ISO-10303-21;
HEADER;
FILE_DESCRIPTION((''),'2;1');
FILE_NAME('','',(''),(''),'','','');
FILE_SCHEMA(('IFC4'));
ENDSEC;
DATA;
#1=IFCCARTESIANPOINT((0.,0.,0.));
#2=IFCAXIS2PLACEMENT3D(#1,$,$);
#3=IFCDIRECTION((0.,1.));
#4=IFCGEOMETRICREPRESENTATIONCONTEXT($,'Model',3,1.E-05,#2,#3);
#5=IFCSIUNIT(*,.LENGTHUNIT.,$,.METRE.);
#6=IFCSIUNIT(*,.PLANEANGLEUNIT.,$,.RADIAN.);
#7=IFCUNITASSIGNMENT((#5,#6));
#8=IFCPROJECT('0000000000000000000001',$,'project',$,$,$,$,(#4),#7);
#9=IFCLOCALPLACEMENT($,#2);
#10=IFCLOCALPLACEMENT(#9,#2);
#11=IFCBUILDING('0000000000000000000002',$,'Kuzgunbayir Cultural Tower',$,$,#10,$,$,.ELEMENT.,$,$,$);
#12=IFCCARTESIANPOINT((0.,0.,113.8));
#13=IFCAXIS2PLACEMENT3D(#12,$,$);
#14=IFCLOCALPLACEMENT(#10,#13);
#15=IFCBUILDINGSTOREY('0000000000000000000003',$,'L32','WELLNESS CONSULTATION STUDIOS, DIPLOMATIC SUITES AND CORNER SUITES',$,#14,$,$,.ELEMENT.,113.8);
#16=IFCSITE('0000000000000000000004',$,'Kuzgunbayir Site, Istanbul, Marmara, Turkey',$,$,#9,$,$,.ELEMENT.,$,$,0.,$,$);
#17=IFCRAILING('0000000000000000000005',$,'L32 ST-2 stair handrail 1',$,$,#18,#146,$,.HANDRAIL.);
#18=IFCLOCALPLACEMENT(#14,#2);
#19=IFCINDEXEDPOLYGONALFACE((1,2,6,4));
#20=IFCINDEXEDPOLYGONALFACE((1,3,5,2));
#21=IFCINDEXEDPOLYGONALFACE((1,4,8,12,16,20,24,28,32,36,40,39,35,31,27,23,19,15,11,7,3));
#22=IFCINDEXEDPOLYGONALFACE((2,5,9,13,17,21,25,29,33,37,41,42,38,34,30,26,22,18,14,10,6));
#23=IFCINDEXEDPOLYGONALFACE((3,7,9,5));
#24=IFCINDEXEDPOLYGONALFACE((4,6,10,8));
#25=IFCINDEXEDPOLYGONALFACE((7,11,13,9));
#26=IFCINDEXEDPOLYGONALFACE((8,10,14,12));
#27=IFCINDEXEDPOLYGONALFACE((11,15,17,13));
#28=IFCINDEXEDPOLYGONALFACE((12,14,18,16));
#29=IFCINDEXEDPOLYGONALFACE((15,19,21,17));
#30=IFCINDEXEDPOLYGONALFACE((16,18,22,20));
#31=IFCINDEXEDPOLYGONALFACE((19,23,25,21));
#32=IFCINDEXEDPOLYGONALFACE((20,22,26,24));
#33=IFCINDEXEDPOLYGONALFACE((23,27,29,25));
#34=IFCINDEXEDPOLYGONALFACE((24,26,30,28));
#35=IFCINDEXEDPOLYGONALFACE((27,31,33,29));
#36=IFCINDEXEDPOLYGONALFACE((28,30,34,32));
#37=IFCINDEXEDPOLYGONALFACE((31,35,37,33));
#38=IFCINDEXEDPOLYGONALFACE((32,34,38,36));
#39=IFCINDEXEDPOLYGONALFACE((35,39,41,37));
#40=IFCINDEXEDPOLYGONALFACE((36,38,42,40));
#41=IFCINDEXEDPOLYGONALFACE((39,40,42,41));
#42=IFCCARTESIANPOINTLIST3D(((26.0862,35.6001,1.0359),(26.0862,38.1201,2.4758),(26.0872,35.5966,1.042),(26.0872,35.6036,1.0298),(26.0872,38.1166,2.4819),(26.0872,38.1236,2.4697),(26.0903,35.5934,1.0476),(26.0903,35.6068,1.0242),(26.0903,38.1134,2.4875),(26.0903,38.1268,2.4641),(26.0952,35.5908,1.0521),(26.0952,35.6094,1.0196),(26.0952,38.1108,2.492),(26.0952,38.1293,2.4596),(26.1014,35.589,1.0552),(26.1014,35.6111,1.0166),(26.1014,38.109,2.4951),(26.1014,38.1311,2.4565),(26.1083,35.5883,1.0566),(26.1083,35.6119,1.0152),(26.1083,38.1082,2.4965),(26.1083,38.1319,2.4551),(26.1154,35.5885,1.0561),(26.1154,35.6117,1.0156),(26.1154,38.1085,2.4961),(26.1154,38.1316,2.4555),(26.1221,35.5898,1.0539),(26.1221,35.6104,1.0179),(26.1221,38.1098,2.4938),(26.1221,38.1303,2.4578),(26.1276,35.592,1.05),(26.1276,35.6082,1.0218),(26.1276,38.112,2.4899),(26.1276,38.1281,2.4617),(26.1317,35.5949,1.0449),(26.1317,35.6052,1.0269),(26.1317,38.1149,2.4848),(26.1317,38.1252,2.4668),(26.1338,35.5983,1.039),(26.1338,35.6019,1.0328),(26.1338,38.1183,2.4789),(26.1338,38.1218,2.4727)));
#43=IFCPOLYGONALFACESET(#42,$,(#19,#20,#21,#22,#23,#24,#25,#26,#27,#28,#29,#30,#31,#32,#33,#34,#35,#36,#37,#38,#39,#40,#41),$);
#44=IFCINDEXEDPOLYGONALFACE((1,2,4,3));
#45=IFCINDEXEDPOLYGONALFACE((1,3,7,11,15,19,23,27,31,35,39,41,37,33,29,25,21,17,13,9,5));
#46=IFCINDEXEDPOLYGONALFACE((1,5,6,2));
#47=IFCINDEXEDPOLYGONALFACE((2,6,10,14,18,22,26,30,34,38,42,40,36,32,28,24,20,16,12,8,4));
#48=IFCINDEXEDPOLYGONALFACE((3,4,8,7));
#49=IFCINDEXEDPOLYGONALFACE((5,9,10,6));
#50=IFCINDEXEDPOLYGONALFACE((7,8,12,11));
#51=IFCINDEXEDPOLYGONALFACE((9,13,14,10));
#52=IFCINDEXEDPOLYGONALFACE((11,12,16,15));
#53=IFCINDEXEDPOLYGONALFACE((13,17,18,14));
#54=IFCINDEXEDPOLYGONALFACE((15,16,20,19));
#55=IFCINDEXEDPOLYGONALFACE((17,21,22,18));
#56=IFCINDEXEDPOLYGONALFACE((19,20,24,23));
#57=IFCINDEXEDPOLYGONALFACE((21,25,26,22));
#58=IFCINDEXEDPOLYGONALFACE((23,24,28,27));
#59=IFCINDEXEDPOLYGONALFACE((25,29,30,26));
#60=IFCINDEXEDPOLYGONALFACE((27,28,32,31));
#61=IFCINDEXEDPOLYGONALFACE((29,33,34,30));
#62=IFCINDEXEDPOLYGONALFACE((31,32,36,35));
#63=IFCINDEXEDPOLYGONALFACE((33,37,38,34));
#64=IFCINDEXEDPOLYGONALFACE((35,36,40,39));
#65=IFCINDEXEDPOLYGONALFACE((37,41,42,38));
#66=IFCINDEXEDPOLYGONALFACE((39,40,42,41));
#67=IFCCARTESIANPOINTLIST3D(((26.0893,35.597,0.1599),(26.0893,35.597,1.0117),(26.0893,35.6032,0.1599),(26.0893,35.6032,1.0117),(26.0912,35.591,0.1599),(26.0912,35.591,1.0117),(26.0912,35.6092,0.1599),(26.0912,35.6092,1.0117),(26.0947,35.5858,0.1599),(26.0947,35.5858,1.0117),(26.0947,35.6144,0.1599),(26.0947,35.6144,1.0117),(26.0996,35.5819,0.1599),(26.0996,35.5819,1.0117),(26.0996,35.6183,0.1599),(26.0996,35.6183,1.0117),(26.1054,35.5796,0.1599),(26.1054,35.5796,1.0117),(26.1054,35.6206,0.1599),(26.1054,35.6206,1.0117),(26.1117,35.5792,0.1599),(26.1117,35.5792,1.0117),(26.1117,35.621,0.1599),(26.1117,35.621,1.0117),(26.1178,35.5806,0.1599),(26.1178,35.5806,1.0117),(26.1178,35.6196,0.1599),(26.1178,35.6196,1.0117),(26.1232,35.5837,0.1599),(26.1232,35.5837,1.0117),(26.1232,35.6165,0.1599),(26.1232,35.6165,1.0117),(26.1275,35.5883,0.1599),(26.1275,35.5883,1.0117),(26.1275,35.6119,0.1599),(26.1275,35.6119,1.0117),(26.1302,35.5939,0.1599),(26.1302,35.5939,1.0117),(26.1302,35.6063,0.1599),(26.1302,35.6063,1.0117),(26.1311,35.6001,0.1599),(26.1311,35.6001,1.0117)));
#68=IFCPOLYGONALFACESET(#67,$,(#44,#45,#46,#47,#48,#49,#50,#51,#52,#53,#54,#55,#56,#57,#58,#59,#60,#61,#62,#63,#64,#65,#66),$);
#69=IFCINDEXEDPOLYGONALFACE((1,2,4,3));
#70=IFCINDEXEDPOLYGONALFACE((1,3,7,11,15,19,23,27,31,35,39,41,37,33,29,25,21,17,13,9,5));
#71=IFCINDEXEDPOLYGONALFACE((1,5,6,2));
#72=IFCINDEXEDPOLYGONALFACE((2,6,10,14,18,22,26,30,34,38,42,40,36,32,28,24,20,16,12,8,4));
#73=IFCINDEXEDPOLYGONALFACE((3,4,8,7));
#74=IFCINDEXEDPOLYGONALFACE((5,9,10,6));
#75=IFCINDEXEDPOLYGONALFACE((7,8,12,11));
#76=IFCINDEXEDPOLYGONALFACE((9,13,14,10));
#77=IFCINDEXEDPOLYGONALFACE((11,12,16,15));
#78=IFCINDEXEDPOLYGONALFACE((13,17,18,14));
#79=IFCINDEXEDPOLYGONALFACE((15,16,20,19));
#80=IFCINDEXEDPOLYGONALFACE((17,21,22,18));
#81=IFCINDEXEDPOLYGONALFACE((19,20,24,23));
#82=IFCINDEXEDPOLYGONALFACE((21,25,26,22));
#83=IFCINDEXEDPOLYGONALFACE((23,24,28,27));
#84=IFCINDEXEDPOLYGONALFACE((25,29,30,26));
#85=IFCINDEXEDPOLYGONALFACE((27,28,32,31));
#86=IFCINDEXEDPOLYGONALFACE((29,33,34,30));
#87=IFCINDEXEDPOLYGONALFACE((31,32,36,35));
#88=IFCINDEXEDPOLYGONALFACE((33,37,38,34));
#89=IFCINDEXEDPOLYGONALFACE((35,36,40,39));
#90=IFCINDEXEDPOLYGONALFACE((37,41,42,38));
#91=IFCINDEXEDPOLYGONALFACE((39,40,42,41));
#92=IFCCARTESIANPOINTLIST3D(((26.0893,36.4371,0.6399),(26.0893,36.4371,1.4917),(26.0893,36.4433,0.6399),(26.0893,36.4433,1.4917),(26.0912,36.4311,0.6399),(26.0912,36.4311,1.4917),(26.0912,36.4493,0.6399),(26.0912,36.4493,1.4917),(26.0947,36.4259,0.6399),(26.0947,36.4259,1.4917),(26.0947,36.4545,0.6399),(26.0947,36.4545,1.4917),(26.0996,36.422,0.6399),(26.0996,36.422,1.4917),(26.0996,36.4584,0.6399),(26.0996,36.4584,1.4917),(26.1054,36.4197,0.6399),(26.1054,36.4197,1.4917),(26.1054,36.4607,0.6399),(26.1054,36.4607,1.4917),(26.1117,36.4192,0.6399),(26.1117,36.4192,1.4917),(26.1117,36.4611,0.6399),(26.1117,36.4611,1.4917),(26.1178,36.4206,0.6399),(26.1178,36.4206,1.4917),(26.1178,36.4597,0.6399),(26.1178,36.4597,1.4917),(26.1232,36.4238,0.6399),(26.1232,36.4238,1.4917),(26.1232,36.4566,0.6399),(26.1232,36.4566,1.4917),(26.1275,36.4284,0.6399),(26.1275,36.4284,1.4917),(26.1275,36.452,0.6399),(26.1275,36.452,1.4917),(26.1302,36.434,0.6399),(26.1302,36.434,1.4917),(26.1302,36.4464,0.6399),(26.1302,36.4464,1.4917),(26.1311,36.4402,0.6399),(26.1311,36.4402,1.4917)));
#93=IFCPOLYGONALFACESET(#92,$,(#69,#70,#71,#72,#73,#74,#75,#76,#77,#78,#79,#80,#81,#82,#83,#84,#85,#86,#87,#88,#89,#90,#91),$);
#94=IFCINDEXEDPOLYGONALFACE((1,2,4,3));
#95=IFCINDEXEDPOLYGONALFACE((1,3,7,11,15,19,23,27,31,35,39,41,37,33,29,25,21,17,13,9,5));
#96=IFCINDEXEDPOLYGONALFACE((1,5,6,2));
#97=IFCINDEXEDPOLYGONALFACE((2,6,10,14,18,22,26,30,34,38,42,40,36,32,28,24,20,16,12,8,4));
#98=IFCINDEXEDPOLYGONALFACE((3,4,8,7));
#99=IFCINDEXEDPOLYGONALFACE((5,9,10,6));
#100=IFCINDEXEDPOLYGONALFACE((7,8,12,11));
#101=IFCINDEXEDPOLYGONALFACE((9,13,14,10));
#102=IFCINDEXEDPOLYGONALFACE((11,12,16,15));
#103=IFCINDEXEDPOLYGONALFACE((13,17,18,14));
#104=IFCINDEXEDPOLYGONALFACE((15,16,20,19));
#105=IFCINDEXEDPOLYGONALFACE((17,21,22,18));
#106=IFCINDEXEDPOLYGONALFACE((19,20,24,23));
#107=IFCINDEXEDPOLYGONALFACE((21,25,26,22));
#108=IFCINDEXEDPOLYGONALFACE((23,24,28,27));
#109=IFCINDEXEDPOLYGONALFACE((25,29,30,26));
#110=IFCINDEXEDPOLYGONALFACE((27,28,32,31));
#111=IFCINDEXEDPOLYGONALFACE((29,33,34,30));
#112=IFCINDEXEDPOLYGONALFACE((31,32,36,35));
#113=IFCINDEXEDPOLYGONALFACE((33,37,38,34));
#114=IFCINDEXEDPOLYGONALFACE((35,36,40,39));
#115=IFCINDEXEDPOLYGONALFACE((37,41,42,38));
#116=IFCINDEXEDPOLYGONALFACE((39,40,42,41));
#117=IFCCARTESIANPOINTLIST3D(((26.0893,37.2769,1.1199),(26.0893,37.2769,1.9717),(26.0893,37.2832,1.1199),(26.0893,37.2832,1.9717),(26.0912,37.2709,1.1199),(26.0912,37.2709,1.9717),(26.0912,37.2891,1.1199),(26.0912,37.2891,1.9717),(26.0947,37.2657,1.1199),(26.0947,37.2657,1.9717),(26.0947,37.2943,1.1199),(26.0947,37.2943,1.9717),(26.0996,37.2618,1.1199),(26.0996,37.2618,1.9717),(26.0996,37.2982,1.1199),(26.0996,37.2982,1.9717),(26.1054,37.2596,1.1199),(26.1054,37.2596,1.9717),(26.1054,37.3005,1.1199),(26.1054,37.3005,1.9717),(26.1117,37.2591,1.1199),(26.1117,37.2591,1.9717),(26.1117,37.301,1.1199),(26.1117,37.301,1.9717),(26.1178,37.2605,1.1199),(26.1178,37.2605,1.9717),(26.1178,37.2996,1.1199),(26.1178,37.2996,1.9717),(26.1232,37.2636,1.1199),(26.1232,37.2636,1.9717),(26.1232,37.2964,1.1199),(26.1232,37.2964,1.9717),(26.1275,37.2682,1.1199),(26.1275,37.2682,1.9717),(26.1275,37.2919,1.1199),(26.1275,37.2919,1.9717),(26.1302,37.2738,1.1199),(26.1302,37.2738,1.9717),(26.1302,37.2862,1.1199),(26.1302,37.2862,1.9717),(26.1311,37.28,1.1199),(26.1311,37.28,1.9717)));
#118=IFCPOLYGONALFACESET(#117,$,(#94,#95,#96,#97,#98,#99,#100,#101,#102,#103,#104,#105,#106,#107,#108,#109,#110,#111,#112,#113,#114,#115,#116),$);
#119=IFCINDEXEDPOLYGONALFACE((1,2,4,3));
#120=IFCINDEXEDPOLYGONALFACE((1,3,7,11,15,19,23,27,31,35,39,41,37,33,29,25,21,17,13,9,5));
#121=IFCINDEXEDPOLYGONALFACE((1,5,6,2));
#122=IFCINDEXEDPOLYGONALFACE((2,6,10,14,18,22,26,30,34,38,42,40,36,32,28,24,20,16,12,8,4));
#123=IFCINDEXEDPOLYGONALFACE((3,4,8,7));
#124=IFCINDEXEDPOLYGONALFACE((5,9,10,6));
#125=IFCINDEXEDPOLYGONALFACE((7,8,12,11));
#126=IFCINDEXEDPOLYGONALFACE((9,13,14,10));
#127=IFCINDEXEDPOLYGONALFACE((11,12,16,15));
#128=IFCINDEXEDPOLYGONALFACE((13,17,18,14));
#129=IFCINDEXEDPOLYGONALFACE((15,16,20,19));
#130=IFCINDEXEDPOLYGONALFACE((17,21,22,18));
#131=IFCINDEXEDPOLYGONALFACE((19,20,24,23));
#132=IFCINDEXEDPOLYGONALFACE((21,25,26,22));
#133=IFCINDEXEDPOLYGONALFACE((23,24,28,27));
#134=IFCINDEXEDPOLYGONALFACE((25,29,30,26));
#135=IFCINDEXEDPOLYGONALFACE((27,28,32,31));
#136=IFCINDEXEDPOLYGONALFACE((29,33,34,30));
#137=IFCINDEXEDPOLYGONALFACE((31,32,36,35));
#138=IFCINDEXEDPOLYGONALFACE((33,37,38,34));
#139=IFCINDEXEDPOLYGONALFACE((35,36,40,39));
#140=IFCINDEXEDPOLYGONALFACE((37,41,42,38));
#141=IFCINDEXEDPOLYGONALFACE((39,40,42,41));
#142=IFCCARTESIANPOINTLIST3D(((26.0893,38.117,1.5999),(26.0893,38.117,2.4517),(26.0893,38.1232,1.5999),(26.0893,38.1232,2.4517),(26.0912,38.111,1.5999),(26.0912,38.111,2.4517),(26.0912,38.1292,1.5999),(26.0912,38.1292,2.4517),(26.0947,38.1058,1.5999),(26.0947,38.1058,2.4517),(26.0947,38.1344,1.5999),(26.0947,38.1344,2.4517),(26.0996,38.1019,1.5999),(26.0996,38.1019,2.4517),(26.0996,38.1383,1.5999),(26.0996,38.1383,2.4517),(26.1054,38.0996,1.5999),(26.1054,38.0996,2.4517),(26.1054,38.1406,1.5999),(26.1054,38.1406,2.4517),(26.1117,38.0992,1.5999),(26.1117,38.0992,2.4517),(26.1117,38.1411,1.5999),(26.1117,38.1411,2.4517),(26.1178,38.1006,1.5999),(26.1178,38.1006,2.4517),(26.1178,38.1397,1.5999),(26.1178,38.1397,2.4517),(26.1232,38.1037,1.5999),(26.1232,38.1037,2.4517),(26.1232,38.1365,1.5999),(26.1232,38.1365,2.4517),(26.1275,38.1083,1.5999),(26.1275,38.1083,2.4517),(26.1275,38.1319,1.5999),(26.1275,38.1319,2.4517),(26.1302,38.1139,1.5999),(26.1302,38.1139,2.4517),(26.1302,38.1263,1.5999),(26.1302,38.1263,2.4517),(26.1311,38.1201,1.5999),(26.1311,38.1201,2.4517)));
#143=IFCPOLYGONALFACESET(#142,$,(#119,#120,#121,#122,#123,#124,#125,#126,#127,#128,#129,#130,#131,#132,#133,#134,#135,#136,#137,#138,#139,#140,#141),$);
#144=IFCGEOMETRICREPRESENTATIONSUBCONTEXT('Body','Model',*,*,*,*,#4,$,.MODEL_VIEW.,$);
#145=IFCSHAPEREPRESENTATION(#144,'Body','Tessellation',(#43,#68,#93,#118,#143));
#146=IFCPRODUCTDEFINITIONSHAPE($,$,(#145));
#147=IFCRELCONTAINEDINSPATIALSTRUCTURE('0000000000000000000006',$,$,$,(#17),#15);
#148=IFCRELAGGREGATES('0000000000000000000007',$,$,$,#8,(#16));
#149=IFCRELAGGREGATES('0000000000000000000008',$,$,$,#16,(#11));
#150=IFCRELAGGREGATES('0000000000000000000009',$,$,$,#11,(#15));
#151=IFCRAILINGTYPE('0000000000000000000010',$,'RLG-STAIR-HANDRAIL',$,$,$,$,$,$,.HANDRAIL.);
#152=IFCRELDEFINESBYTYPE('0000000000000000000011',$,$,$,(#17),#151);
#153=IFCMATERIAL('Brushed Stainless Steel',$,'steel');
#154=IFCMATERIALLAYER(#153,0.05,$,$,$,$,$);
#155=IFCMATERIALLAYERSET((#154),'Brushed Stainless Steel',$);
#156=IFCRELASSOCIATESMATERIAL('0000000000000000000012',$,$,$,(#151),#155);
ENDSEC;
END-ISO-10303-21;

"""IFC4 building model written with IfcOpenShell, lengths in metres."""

from ifc_helpers import new_model, si_unit, direction, frame, origin, origin_2d, place, context, subcontext, project, spatial, circle, extrude, material, layer, layer_set, type_object, element, save


model = new_model("IFC4")

# Units and contexts
model_context = context("Model", 3, precision=1e-05, world=origin(), true_north=direction((0.0, 1.0)))
body_context = subcontext(model_context, "Body", "Model", "MODEL_VIEW")
ifc_project = project(units=[si_unit("LENGTHUNIT", "METRE"), si_unit("PLANEANGLEUNIT", "RADIAN")], contexts=[model_context])

# Site, building, storey
site_placement = place(None, origin())
site = spatial("IfcSite", under=ifc_project, at=site_placement, Name="Kuzgunbayir Site, Istanbul, Marmara, Turkey", CompositionType="ELEMENT", RefElevation=0.0)
building_placement = place(site_placement, origin())
building = spatial("IfcBuilding", under=site, at=building_placement, Name="Kuzgunbayir Cultural Tower", CompositionType="ELEMENT")
storey_placement = place(building_placement, frame((0.0, 0.0, 113.8)))
storey = spatial("IfcBuildingStorey", under=building, at=storey_placement, Name="L32", Description="WELLNESS CONSULTATION STUDIOS, DIPLOMATIC SUITES AND CORNER SUITES", CompositionType="ELEMENT", Elevation=113.8)

# Shared definitions
ifc_material_1 = material(Name="Brushed Stainless Steel", Category="steel")

# Railing
ifc_layer_1 = layer(ifc_material_1, 0.05)
ifc_layer_set_1 = layer_set([ifc_layer_1], Name="Brushed Stainless Steel")
railing_type_1 = type_object("IfcRailingType", Name="RLG-STAIR-HANDRAIL", PredefinedType="HANDRAIL", material=ifc_layer_set_1)
railing_1_placement = place(storey_placement, frame((26.1101, 35.6001, 0.1599)))
element("IfcRailing", 1, at=railing_1_placement, inside=storey, type_object=railing_type_1, Name="L32 ST-2 stair handrail 1", PredefinedType="HANDRAIL", context=body_context, shape_type="SweptSolid", body=[
    extrude(circle(Radius=0.0239, at=origin_2d()), frame((0.0, 0.0, 0.876), z_axis=(0.0, 0.868253, 0.496121), x_axis=(-1.0, 0.0, 0.0)), (0.0, 0.0, 1.0), 2.9023),
    extrude(circle(Radius=0.021, at=origin_2d()), origin(), (0.0, 0.0, 1.0), 0.8518),
    extrude(circle(Radius=0.021, at=origin_2d()), frame((0.0, 0.8401, 0.48)), (0.0, 0.0, 1.0), 0.8518),
    extrude(circle(Radius=0.021, at=origin_2d()), frame((0.0, 1.6799, 0.96)), (0.0, 0.0, 1.0), 0.8518),
    extrude(circle(Radius=0.021, at=origin_2d()), frame((0.0, 2.52, 1.4399)), (0.0, 0.0, 1.0), 0.8518),
])

save(model, "model.ifc")
